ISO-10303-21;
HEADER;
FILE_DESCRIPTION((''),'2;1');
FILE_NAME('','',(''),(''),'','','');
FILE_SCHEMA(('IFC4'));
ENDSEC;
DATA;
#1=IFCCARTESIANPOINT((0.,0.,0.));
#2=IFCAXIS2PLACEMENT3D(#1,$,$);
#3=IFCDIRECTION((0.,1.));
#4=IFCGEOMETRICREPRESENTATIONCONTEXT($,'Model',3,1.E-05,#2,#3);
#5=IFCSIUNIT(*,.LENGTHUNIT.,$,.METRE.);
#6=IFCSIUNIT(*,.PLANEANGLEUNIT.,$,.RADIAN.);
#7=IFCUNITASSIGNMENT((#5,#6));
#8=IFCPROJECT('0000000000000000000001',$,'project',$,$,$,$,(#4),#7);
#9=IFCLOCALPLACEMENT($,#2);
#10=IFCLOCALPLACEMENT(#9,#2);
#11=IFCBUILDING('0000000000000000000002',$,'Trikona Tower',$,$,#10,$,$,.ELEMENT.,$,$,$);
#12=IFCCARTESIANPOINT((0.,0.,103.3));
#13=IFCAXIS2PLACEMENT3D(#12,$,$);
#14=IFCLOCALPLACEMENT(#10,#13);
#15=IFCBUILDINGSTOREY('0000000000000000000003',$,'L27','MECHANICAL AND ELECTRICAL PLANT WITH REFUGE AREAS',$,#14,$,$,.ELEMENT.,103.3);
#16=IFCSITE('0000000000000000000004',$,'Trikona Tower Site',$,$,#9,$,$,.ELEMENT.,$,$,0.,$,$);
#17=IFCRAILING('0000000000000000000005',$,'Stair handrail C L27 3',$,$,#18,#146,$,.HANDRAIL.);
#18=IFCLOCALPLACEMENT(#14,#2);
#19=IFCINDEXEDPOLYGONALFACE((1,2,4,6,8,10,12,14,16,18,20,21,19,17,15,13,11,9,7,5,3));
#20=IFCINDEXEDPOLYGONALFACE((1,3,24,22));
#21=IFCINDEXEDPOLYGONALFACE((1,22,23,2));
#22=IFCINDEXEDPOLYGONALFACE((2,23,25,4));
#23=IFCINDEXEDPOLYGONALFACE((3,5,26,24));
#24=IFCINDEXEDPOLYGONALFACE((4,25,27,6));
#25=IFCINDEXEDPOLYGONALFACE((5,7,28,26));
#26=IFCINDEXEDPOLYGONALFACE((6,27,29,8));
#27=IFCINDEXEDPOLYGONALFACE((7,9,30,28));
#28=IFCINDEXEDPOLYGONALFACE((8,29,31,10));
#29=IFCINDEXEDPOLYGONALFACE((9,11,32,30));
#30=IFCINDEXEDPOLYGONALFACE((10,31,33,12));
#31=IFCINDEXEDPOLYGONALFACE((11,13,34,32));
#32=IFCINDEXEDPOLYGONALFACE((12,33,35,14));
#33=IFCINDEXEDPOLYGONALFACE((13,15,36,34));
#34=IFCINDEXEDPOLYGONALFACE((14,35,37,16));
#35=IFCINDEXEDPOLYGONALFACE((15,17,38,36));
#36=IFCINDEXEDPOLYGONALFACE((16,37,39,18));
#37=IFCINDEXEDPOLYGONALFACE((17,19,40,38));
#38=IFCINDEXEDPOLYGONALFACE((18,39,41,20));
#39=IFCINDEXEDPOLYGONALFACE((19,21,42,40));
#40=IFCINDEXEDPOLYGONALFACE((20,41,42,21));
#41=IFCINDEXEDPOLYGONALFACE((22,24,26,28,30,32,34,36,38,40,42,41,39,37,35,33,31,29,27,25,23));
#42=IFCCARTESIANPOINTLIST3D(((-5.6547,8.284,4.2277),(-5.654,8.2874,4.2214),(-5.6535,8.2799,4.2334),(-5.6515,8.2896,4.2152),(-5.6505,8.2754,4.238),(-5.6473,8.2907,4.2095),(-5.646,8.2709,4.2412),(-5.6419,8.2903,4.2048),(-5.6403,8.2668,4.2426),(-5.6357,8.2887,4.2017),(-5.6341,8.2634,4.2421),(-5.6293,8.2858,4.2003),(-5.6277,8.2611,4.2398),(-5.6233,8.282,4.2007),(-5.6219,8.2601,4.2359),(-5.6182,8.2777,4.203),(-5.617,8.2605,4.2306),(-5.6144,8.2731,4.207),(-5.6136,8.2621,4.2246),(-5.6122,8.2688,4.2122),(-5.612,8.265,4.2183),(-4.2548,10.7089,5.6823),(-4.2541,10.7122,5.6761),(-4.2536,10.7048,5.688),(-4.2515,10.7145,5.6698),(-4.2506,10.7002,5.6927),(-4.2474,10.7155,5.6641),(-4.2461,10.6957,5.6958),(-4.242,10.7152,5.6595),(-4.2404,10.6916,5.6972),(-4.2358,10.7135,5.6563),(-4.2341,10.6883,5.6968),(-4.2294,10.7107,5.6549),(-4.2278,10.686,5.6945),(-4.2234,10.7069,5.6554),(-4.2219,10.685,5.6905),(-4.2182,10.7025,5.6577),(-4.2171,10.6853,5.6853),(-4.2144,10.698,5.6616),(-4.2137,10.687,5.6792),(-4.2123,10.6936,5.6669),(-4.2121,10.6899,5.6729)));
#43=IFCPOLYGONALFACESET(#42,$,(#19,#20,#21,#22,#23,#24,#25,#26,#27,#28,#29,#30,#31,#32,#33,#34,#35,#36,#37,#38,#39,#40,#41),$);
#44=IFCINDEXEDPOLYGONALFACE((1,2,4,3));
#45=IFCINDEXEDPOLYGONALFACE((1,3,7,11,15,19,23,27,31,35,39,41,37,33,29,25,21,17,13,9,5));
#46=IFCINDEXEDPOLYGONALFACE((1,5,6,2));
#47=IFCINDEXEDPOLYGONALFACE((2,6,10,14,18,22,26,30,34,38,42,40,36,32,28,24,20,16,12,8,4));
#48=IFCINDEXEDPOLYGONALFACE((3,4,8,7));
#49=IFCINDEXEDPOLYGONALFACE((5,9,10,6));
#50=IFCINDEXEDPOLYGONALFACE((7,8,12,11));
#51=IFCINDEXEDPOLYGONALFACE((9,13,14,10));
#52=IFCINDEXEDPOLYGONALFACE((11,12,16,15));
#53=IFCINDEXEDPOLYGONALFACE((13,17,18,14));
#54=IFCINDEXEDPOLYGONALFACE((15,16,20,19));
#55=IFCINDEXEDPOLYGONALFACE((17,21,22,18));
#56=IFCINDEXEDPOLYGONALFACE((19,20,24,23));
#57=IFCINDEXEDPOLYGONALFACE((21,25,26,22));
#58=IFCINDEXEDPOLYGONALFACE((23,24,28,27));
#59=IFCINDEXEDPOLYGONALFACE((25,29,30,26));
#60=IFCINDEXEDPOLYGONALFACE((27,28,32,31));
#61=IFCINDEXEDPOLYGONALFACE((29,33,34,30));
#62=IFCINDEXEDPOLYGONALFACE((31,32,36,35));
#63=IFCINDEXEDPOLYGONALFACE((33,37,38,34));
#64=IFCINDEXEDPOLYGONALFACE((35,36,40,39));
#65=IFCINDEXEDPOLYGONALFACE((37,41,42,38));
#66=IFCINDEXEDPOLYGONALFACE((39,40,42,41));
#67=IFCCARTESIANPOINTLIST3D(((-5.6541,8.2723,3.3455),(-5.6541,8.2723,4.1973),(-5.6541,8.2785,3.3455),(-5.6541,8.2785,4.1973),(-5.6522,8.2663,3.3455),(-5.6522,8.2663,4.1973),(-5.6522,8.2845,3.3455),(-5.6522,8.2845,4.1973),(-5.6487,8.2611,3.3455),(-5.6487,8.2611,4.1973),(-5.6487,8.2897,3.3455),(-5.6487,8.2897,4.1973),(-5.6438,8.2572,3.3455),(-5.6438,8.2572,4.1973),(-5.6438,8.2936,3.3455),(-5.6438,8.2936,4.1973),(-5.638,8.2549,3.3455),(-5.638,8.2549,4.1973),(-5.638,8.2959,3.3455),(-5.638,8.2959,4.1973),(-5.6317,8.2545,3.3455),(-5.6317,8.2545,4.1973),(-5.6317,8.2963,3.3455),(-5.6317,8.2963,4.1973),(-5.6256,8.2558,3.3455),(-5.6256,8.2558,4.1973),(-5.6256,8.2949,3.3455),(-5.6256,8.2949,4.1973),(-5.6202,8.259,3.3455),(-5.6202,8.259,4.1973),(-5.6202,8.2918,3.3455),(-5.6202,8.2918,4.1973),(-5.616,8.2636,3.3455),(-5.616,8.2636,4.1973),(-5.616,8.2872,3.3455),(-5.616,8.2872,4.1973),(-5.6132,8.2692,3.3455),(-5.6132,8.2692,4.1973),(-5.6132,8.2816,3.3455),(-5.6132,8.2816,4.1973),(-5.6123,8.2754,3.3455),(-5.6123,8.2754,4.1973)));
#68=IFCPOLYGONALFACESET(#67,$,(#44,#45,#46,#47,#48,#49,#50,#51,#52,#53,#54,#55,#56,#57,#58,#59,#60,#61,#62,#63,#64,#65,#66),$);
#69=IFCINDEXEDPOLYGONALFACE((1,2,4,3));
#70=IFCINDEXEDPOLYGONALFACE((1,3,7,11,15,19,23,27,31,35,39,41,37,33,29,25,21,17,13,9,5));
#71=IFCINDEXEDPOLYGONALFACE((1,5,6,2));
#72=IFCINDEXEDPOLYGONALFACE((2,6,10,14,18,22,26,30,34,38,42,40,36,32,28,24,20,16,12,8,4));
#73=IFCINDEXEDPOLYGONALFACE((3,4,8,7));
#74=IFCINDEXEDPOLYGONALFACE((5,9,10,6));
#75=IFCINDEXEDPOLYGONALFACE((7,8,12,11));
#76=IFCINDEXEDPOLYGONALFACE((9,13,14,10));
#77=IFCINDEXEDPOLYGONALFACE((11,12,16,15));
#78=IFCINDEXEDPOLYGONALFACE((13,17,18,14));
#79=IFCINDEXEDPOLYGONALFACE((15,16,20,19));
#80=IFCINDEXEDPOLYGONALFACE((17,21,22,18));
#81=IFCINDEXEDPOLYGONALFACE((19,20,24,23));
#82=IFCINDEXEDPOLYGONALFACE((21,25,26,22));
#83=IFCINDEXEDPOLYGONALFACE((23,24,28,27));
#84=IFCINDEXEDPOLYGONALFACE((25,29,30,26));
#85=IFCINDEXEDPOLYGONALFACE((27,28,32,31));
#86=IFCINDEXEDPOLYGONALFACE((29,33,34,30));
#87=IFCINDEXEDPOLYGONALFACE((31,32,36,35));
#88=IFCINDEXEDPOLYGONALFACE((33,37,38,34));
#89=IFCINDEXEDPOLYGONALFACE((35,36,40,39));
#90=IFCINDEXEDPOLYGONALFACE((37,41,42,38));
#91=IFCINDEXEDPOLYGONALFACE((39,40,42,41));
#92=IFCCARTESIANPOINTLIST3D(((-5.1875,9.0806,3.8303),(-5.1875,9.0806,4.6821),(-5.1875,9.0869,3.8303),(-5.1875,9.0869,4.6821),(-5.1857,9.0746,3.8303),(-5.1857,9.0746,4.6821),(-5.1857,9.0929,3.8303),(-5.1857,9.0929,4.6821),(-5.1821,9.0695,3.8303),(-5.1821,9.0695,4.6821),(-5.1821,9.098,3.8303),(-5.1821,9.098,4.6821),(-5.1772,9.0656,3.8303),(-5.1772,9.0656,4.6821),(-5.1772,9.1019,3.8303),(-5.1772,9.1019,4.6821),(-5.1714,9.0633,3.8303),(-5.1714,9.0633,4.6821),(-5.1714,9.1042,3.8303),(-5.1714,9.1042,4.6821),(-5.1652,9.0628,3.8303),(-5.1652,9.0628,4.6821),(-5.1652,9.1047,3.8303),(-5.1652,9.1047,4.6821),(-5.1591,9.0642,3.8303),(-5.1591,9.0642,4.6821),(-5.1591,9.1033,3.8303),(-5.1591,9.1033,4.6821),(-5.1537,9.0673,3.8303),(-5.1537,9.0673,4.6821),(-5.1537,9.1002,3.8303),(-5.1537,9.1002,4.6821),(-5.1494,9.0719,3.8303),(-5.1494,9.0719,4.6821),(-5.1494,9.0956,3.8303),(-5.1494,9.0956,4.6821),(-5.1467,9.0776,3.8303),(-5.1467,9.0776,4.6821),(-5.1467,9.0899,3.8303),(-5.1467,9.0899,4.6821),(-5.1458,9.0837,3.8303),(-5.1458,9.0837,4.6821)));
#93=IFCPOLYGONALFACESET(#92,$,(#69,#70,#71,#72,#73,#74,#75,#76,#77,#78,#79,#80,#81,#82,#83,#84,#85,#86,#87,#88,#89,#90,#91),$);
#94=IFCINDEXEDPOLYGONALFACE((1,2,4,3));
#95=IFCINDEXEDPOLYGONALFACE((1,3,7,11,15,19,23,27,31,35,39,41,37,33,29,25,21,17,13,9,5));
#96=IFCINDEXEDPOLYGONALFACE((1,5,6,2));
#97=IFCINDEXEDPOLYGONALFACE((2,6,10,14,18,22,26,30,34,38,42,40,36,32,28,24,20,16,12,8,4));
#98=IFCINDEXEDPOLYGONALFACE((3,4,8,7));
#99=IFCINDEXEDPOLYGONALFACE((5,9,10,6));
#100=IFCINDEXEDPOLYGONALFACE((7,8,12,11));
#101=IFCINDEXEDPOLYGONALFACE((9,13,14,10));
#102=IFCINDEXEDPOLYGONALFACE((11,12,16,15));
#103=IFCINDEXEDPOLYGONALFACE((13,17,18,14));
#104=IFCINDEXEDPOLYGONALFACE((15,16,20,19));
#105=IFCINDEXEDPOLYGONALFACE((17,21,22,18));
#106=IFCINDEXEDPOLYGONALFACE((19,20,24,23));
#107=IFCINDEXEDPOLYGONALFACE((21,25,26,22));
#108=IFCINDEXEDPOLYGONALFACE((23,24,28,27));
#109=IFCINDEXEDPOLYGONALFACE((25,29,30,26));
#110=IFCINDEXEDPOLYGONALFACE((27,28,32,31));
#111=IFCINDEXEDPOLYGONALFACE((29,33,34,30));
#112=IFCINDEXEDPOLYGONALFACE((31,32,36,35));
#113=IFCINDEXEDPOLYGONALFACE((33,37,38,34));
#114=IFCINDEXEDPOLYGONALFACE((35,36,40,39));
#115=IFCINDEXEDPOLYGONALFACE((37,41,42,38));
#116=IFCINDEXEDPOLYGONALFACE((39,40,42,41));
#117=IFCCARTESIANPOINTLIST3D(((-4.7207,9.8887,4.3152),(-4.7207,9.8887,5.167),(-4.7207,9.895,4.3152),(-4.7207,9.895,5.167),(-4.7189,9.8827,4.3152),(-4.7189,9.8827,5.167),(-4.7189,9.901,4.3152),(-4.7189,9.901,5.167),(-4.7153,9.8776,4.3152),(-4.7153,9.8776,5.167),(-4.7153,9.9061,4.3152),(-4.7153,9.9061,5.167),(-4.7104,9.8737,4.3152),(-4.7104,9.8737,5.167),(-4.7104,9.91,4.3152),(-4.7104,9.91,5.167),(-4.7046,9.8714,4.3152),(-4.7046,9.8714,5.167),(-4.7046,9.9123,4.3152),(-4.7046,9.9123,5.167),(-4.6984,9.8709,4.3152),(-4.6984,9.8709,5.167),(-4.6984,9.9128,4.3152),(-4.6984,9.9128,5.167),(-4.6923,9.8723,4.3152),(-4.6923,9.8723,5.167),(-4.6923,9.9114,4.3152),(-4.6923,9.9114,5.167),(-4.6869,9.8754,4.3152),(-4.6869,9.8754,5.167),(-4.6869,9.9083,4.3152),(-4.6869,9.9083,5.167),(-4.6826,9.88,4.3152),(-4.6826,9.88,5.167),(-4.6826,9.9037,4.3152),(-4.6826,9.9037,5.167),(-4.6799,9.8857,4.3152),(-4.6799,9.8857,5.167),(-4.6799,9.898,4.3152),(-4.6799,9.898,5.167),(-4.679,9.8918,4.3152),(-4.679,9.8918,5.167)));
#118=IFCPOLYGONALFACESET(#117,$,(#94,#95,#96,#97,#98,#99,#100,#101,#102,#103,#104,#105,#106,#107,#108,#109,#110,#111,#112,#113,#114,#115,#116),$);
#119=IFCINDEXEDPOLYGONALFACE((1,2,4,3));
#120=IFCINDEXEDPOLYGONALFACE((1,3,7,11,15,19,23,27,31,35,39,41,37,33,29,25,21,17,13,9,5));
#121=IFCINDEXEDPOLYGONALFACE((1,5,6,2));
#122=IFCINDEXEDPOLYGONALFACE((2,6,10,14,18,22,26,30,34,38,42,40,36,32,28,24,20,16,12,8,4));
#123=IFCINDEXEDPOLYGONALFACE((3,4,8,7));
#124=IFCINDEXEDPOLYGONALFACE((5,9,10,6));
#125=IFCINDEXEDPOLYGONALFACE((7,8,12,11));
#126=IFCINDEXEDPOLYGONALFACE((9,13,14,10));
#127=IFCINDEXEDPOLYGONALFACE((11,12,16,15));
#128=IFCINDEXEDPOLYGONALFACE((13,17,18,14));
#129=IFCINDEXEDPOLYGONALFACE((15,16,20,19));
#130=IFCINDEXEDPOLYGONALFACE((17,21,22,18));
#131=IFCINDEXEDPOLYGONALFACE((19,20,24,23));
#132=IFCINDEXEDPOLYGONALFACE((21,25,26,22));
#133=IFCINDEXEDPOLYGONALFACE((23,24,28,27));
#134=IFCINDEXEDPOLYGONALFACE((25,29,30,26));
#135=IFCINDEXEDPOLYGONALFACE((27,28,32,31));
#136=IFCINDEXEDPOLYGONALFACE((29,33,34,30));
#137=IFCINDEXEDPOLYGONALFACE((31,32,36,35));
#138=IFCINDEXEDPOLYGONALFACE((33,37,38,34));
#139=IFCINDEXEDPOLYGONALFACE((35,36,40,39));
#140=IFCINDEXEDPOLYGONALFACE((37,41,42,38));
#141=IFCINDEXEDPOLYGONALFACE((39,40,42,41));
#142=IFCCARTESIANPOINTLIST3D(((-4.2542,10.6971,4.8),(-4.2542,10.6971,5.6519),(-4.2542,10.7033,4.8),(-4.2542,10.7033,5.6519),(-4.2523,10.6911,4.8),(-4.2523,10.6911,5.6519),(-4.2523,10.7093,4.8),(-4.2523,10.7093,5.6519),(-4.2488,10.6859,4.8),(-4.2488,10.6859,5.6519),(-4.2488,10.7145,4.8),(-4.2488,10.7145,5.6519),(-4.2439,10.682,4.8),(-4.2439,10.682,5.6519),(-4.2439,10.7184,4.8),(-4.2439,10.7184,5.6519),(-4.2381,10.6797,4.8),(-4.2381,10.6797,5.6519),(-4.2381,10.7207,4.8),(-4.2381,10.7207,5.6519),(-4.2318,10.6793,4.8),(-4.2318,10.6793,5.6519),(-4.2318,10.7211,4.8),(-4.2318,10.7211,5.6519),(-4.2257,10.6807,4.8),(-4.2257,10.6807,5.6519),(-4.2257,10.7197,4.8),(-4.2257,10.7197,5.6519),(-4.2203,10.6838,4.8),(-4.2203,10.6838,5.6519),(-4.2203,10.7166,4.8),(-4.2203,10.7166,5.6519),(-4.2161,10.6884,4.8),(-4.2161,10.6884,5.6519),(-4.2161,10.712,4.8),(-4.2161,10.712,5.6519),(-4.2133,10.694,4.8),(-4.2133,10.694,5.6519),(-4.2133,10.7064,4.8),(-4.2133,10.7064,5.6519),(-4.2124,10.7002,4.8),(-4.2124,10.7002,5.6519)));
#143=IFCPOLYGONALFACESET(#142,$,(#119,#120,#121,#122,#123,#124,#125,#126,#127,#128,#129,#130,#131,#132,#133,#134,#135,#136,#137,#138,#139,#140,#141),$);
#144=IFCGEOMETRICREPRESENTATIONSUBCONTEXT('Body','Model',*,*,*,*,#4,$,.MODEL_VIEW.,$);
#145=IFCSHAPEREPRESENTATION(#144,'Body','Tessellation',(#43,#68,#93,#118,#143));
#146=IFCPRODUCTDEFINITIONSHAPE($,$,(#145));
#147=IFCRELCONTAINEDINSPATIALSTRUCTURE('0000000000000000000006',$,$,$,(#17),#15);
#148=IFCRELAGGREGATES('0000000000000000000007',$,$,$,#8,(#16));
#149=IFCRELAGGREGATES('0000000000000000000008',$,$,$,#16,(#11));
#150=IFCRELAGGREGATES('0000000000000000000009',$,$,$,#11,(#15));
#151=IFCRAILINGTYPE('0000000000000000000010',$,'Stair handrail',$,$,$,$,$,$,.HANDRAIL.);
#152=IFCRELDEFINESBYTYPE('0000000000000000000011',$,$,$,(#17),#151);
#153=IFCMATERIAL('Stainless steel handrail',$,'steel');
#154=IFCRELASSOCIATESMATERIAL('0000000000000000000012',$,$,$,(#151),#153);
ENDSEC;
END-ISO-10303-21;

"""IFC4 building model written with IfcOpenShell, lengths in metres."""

from ifc_helpers import new_model, si_unit, direction, frame, origin, origin_2d, place, context, subcontext, project, spatial, circle, extrude, material, type_object, element, save


model = new_model("IFC4")

# Units and contexts
model_context = context("Model", 3, precision=1e-05, world=origin(), true_north=direction((0.0, 1.0)))
body_context = subcontext(model_context, "Body", "Model", "MODEL_VIEW")
ifc_project = project(units=[si_unit("LENGTHUNIT", "METRE"), si_unit("PLANEANGLEUNIT", "RADIAN")], contexts=[model_context])

# Site, building, storey
site_placement = place(None, origin())
site = spatial("IfcSite", under=ifc_project, at=site_placement, Name="Trikona Tower Site", CompositionType="ELEMENT", RefElevation=0.0)
building_placement = place(site_placement, origin())
building = spatial("IfcBuilding", under=site, at=building_placement, Name="Trikona Tower", CompositionType="ELEMENT")
storey_placement = place(building_placement, frame((0.0, 0.0, 103.3)))
storey = spatial("IfcBuildingStorey", under=building, at=storey_placement, Name="L27", Description="MECHANICAL AND ELECTRICAL PLANT WITH REFUGE AREAS", CompositionType="ELEMENT", Elevation=103.3)

# Railing
ifc_material_1 = material(Name="Stainless steel handrail", Category="steel")
railing_type = type_object("IfcRailingType", Name="Stair handrail", PredefinedType="HANDRAIL", material=ifc_material_1)
railing_1_placement = place(storey_placement, frame((-5.6333, 8.2754, 3.3455)))
element("IfcRailing", 1, at=railing_1_placement, inside=storey, type_object=railing_type, Name="Stair handrail C L27 3", PredefinedType="HANDRAIL", context=body_context, shape_type="SweptSolid", body=[
    extrude(circle(Radius=0.0239, at=origin_2d()), frame((0.0, 0.0, 0.876), z_axis=(0.443682, 0.768513, 0.461015), x_axis=(-0.866035, 0.499984, 0.0)), (0.0, 0.0, 1.0), 3.1553),
    extrude(circle(Radius=0.021, at=origin_2d()), origin(), (0.0, 0.0, 1.0), 0.8518),
    extrude(circle(Radius=0.021, at=origin_2d()), frame((0.4666, 0.8083, 0.4849)), (0.0, 0.0, 1.0), 0.8518),
    extrude(circle(Radius=0.021, at=origin_2d()), frame((0.9333, 1.6165, 0.9697)), (0.0, 0.0, 1.0), 0.8518),
    extrude(circle(Radius=0.021, at=origin_2d()), frame((1.3999, 2.4248, 1.4546)), (0.0, 0.0, 1.0), 0.8518),
])

save(model, "model.ifc")
